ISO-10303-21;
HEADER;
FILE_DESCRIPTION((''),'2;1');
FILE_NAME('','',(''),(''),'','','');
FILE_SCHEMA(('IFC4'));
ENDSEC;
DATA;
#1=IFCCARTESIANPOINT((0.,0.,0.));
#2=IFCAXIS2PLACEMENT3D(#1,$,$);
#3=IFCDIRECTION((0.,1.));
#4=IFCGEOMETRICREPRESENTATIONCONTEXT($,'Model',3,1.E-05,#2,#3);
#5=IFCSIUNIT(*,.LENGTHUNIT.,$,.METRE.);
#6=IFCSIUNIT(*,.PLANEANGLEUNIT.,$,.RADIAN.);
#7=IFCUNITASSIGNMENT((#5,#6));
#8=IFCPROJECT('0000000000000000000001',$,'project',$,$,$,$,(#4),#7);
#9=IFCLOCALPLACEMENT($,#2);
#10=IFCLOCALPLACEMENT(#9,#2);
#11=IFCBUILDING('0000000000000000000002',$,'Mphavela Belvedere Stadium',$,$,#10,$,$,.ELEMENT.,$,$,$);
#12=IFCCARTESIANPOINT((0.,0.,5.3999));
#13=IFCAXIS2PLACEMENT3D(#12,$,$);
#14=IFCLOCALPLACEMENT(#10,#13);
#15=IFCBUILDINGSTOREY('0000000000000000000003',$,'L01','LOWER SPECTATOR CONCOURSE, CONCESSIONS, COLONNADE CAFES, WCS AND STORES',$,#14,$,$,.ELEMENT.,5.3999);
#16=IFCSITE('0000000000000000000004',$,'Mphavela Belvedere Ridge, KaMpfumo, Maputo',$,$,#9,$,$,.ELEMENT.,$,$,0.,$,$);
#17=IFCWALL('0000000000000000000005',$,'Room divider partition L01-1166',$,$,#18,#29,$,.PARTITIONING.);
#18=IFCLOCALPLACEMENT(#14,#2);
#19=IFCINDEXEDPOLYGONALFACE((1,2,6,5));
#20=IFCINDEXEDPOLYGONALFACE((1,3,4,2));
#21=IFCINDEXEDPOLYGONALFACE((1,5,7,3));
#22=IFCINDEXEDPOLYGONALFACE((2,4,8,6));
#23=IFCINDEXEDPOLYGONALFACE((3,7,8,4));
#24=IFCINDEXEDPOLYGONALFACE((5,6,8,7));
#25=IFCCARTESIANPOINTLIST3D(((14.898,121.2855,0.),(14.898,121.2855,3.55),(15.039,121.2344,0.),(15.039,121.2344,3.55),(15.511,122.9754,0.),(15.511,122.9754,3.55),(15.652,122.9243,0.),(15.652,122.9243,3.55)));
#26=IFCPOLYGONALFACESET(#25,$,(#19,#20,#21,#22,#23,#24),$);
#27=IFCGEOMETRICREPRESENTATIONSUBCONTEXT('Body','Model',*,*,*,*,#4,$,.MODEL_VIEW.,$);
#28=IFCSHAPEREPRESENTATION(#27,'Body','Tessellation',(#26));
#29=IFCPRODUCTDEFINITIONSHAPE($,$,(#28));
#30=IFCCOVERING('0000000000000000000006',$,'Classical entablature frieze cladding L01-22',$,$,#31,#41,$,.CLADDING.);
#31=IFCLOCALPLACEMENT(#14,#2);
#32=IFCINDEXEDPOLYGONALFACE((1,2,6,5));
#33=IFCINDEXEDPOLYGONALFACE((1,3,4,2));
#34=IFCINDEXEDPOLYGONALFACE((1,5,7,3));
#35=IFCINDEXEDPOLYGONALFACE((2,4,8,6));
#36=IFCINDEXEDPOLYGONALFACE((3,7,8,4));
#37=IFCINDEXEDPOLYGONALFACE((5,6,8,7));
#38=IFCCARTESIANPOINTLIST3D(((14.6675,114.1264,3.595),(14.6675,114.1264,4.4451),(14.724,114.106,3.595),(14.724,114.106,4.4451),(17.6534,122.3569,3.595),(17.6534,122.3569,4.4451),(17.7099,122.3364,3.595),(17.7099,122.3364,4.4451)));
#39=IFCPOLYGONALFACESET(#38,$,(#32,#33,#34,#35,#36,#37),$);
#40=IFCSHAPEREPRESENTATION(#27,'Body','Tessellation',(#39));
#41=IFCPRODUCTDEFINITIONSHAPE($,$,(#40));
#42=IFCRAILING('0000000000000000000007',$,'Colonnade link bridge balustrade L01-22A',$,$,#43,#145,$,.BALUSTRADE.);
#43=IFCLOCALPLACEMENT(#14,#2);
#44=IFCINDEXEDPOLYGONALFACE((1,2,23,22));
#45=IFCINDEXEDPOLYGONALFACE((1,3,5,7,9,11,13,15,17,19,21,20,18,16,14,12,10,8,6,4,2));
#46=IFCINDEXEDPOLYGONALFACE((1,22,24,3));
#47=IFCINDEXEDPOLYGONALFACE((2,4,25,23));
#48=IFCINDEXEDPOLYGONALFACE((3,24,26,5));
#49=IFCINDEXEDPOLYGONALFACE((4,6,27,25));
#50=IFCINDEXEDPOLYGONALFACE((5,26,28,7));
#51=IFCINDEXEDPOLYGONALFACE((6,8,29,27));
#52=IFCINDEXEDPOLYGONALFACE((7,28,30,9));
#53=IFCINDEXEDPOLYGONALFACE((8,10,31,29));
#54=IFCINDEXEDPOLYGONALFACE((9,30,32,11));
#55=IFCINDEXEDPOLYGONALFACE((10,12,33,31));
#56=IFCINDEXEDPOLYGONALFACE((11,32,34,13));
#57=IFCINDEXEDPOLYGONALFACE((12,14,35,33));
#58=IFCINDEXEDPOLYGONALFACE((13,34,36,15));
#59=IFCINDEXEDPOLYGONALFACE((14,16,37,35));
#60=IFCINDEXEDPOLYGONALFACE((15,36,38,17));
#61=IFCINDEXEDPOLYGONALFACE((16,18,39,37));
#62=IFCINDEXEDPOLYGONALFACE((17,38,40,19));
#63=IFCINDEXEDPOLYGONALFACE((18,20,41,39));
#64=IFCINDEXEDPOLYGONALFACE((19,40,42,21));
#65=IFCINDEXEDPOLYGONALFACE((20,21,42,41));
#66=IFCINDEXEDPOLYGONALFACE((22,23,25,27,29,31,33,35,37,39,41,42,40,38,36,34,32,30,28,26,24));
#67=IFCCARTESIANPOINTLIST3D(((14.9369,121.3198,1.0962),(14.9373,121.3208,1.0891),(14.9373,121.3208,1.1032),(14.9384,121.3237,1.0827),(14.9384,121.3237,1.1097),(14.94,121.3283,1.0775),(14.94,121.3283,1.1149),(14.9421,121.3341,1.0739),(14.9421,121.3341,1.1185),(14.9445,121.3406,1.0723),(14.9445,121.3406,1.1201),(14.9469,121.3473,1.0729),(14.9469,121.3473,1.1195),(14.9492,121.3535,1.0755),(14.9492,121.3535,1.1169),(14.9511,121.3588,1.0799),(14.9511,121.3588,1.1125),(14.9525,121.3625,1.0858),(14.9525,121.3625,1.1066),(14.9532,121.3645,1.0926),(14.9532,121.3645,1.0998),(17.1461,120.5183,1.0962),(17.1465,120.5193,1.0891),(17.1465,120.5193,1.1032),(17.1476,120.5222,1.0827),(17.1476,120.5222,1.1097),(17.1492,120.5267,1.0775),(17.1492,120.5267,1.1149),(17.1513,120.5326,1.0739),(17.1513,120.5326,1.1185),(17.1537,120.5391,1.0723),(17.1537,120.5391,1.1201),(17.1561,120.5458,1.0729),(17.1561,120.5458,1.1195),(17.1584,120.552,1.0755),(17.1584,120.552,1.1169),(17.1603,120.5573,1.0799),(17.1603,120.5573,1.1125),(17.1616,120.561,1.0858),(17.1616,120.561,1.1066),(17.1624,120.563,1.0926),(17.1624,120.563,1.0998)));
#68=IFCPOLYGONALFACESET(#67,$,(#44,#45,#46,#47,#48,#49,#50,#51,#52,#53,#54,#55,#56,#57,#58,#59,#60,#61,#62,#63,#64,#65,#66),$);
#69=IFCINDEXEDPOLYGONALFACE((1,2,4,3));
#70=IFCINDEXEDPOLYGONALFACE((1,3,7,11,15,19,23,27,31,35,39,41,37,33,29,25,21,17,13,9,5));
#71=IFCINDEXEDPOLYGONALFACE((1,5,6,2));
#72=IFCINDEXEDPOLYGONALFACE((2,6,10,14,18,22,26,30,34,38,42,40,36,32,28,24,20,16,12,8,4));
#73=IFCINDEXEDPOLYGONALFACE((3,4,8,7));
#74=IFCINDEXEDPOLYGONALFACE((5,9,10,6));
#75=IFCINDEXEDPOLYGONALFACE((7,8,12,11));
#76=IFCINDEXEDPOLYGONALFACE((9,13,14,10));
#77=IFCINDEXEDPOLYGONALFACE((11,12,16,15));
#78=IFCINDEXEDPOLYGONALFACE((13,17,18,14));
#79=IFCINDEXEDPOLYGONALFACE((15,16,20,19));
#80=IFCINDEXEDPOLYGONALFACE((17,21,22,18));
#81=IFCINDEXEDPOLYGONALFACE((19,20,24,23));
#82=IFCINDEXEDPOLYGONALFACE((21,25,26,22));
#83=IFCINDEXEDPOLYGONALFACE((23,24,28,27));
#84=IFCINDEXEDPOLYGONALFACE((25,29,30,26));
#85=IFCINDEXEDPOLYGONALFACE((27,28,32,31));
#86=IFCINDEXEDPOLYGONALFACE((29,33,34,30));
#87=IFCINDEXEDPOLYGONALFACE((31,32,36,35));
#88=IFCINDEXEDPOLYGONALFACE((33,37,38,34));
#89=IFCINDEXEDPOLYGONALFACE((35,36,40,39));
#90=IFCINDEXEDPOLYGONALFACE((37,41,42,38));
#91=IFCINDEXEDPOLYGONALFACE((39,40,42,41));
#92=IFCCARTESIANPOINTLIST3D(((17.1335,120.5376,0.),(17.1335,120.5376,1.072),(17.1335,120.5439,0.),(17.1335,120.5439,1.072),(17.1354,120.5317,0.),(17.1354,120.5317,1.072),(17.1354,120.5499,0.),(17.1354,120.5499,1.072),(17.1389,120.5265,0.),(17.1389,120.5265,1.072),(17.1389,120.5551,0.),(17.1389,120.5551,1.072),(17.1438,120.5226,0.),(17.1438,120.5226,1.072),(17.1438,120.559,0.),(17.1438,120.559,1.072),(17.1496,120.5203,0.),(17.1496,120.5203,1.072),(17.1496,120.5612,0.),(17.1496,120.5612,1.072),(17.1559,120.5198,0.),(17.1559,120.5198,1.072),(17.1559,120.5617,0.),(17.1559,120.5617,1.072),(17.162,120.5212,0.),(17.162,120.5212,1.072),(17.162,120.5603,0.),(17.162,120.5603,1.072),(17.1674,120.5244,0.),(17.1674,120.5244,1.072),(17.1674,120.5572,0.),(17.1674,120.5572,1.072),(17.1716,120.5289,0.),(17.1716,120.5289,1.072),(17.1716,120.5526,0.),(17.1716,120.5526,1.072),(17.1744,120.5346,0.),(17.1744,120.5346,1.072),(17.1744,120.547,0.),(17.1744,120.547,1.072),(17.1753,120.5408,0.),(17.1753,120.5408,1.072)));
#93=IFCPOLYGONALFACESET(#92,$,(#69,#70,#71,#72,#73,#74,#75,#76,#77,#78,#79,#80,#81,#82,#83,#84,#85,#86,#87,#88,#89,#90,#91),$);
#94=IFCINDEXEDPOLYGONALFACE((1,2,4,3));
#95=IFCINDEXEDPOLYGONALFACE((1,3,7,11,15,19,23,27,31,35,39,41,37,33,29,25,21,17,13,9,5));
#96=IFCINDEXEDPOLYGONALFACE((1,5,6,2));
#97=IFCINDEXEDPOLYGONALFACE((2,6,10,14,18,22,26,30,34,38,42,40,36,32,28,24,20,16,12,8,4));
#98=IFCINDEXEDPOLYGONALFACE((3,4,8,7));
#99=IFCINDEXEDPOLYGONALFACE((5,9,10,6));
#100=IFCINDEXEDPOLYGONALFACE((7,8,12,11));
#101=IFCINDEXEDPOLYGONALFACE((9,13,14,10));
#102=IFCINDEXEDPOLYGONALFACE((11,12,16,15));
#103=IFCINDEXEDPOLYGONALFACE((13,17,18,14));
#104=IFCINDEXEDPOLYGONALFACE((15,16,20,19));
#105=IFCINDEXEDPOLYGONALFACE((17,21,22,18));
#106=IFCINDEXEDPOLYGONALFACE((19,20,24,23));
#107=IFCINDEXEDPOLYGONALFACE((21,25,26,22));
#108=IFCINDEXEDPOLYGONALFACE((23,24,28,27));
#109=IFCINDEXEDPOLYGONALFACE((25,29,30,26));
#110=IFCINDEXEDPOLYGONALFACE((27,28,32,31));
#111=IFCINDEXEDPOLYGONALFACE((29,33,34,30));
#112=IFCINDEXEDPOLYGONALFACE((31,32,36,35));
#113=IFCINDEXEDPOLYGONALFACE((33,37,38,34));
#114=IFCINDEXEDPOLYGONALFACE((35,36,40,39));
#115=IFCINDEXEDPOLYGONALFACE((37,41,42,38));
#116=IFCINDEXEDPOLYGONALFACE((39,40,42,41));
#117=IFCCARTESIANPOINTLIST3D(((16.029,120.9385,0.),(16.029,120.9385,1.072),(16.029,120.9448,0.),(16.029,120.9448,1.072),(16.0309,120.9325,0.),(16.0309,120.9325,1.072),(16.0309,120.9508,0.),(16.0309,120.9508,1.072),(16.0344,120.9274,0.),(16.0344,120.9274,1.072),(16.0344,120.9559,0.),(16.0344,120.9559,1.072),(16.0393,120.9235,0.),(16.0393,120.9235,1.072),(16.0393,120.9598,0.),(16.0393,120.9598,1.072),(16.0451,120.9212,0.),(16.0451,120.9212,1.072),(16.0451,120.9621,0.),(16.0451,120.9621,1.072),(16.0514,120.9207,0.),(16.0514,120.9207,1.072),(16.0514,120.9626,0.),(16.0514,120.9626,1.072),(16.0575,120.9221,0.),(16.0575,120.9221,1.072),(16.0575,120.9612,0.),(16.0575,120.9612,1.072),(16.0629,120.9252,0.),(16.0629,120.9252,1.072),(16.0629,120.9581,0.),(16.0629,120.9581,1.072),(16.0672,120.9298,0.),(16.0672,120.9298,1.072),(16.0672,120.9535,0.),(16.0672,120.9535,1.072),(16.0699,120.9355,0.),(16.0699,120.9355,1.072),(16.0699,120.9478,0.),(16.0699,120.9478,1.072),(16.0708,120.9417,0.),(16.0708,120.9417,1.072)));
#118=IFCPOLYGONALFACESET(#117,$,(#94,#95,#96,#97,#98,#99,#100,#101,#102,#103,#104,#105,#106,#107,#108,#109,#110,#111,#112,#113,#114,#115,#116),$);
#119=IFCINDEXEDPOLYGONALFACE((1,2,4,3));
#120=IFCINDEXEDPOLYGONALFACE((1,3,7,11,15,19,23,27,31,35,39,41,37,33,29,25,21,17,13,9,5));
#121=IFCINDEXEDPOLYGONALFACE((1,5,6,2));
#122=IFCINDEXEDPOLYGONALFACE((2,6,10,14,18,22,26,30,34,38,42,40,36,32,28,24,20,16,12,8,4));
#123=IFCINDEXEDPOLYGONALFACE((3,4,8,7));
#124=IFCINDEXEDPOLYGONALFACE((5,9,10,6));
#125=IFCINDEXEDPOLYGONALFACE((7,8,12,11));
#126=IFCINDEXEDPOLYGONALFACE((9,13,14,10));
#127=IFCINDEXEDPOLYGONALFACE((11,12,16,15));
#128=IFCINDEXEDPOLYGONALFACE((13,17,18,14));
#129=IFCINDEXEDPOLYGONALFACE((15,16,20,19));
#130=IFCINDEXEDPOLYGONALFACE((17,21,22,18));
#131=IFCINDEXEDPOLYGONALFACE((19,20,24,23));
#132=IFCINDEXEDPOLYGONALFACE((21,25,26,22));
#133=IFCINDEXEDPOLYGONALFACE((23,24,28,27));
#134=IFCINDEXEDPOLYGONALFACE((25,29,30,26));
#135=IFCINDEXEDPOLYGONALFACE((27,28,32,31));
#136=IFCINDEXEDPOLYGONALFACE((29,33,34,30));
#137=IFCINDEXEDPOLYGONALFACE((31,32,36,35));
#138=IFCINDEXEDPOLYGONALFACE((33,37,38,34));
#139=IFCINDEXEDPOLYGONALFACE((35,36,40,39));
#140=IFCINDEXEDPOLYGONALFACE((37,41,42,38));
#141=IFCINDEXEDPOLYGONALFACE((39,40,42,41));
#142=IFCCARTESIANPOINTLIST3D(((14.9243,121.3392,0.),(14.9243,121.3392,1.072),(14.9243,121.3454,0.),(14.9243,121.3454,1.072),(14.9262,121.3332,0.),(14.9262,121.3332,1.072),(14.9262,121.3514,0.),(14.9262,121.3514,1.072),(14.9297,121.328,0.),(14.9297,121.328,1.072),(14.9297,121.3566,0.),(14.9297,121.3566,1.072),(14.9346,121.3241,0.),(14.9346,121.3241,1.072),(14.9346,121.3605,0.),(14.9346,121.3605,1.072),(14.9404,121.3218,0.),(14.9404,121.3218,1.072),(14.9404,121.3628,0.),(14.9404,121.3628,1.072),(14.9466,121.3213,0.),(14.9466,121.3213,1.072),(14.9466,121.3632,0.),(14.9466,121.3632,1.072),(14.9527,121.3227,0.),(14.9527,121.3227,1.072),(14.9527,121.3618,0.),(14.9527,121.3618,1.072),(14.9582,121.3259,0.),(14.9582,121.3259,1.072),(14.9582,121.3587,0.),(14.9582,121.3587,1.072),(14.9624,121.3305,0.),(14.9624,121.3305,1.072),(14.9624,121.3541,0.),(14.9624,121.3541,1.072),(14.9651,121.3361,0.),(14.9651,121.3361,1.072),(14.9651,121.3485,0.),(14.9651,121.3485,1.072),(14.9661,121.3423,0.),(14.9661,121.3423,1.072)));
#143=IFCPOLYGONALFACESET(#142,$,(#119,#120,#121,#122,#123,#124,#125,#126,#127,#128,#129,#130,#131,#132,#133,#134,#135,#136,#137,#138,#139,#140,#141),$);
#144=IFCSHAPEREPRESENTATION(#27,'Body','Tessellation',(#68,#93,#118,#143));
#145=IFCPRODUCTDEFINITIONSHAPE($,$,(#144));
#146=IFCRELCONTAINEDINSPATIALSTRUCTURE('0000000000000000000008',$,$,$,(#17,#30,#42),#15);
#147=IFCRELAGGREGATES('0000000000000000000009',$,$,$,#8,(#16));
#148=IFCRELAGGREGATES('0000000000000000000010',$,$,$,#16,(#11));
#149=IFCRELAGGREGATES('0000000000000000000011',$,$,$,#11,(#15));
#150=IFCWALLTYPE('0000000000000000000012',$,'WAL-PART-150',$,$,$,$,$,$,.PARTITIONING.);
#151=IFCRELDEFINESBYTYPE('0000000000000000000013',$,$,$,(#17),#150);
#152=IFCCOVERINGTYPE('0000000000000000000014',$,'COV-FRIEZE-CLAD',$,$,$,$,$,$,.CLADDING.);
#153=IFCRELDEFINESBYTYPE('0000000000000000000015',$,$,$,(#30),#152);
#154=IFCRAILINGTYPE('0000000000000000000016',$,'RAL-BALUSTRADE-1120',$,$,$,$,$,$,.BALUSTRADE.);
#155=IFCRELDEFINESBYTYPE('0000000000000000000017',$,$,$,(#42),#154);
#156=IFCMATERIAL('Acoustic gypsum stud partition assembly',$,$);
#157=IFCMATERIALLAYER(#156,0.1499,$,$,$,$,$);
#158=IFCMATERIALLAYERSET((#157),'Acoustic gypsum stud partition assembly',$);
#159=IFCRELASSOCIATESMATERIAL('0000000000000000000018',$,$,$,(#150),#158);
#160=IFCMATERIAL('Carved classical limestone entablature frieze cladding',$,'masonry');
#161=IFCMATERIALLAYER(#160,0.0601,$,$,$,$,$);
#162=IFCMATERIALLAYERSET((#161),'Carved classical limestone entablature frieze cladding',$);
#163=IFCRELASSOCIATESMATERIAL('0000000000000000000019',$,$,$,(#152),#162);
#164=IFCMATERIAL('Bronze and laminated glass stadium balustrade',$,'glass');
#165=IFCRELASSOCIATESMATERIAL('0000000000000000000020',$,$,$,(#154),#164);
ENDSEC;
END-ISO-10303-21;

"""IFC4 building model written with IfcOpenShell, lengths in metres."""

from ifc_helpers import new_model, si_unit, direction, frame, frame_2d, origin, origin_2d, place, context, subcontext, project, spatial, rectangle, circle, extrude, material, layer, layer_set, type_object, element, save


model = new_model("IFC4")

# Units and contexts
model_context = context("Model", 3, precision=1e-05, world=origin(), true_north=direction((0.0, 1.0)))
body_context = subcontext(model_context, "Body", "Model", "MODEL_VIEW")
ifc_project = project(units=[si_unit("LENGTHUNIT", "METRE"), si_unit("PLANEANGLEUNIT", "RADIAN")], contexts=[model_context])

# Site, building, storey
site_placement = place(None, origin())
site = spatial("IfcSite", under=ifc_project, at=site_placement, Name="Mphavela Belvedere Ridge, KaMpfumo, Maputo", CompositionType="ELEMENT", RefElevation=0.0)
building_placement = place(site_placement, origin())
building = spatial("IfcBuilding", under=site, at=building_placement, Name="Mphavela Belvedere Stadium", CompositionType="ELEMENT")
storey_placement = place(building_placement, frame((0.0, 0.0, 5.3999)))
storey = spatial("IfcBuildingStorey", under=building, at=storey_placement, Name="L01", Description="LOWER SPECTATOR CONCOURSE, CONCESSIONS, COLONNADE CAFES, WCS AND STORES", CompositionType="ELEMENT", Elevation=5.3999)

# Shared definitions
ifc_material_1 = material(Name="Acoustic gypsum stud partition assembly")
ifc_layer_1 = layer(ifc_material_1, 0.1499)
ifc_layer_set_1 = layer_set([ifc_layer_1], Name="Acoustic gypsum stud partition assembly")
wall_type_1 = type_object("IfcWallType", Name="WAL-PART-150", PredefinedType="PARTITIONING", material=ifc_layer_set_1)

# Wall
wall_1_placement = place(storey_placement, frame((15.5815, 122.95, 0.0), z_axis=(0.0, 0.0, 1.0), x_axis=(-0.341012, -0.940059, 0.0)))
element("IfcWall", 1, at=wall_1_placement, inside=storey, type_object=wall_type_1, Name="Room divider partition L01-1166", PredefinedType="PARTITIONING", context=body_context, shape_type="SweptSolid", body=[
    extrude(rectangle(XDim=1.7976, YDim=0.1499, at=frame_2d((0.8989, 0.0))), origin(), (0.0, 0.0, 1.0), 3.55),
])

# Covering
ifc_material_2 = material(Name="Carved classical limestone entablature frieze cladding", Category="masonry")
ifc_layer_2 = layer(ifc_material_2, 0.0601)
ifc_layer_set_2 = layer_set([ifc_layer_2], Name="Carved classical limestone entablature frieze cladding")
covering_type = type_object("IfcCoveringType", Name="COV-FRIEZE-CLAD", PredefinedType="CLADDING", material=ifc_layer_set_2)
covering_placement = place(storey_placement, frame((16.1887, 118.2314, 3.595), z_axis=(0.0, 0.0, 1.0), x_axis=(-0.341036, -0.94005, 0.0)))
element("IfcCovering", 2, at=covering_placement, inside=storey, type_object=covering_type, Name="Classical entablature frieze cladding L01-22", PredefinedType="CLADDING", context=body_context, shape_type="SweptSolid", body=[
    extrude(rectangle(XDim=8.7554, YDim=0.0601, at=origin_2d()), origin(), (0.0, 0.0, 1.0), 0.8501),
])

# Railing
ifc_material_3 = material(Name="Bronze and laminated glass stadium balustrade", Category="glass")
railing_type = type_object("IfcRailingType", Name="RAL-BALUSTRADE-1120", PredefinedType="BALUSTRADE", material=ifc_material_3)
railing_1_placement = place(storey_placement, frame((17.1543, 120.5408, 0.0)))
element("IfcRailing", 3, at=railing_1_placement, inside=storey, type_object=railing_type, Name="Colonnade link bridge balustrade L01-22A", PredefinedType="BALUSTRADE", context=body_context, shape_type="SweptSolid", body=[
    extrude(circle(Radius=0.0239, at=origin_2d()), frame((0.0, 0.0, 1.0962), z_axis=(-0.940045, 0.341051, 0.0), x_axis=(-0.341051, -0.940045, 0.0)), (0.0, 0.0, 1.0), 2.3501),
    extrude(circle(Radius=0.021, at=origin_2d()), origin(), (0.0, 0.0, 1.0), 1.072),
    extrude(circle(Radius=0.021, at=origin_2d()), frame((-1.1045, 0.4009, 0.0)), (0.0, 0.0, 1.0), 1.072),
    extrude(circle(Radius=0.021, at=origin_2d()), frame((-2.2092, 0.8015, 0.0)), (0.0, 0.0, 1.0), 1.072),
])

save(model, "model.ifc")
